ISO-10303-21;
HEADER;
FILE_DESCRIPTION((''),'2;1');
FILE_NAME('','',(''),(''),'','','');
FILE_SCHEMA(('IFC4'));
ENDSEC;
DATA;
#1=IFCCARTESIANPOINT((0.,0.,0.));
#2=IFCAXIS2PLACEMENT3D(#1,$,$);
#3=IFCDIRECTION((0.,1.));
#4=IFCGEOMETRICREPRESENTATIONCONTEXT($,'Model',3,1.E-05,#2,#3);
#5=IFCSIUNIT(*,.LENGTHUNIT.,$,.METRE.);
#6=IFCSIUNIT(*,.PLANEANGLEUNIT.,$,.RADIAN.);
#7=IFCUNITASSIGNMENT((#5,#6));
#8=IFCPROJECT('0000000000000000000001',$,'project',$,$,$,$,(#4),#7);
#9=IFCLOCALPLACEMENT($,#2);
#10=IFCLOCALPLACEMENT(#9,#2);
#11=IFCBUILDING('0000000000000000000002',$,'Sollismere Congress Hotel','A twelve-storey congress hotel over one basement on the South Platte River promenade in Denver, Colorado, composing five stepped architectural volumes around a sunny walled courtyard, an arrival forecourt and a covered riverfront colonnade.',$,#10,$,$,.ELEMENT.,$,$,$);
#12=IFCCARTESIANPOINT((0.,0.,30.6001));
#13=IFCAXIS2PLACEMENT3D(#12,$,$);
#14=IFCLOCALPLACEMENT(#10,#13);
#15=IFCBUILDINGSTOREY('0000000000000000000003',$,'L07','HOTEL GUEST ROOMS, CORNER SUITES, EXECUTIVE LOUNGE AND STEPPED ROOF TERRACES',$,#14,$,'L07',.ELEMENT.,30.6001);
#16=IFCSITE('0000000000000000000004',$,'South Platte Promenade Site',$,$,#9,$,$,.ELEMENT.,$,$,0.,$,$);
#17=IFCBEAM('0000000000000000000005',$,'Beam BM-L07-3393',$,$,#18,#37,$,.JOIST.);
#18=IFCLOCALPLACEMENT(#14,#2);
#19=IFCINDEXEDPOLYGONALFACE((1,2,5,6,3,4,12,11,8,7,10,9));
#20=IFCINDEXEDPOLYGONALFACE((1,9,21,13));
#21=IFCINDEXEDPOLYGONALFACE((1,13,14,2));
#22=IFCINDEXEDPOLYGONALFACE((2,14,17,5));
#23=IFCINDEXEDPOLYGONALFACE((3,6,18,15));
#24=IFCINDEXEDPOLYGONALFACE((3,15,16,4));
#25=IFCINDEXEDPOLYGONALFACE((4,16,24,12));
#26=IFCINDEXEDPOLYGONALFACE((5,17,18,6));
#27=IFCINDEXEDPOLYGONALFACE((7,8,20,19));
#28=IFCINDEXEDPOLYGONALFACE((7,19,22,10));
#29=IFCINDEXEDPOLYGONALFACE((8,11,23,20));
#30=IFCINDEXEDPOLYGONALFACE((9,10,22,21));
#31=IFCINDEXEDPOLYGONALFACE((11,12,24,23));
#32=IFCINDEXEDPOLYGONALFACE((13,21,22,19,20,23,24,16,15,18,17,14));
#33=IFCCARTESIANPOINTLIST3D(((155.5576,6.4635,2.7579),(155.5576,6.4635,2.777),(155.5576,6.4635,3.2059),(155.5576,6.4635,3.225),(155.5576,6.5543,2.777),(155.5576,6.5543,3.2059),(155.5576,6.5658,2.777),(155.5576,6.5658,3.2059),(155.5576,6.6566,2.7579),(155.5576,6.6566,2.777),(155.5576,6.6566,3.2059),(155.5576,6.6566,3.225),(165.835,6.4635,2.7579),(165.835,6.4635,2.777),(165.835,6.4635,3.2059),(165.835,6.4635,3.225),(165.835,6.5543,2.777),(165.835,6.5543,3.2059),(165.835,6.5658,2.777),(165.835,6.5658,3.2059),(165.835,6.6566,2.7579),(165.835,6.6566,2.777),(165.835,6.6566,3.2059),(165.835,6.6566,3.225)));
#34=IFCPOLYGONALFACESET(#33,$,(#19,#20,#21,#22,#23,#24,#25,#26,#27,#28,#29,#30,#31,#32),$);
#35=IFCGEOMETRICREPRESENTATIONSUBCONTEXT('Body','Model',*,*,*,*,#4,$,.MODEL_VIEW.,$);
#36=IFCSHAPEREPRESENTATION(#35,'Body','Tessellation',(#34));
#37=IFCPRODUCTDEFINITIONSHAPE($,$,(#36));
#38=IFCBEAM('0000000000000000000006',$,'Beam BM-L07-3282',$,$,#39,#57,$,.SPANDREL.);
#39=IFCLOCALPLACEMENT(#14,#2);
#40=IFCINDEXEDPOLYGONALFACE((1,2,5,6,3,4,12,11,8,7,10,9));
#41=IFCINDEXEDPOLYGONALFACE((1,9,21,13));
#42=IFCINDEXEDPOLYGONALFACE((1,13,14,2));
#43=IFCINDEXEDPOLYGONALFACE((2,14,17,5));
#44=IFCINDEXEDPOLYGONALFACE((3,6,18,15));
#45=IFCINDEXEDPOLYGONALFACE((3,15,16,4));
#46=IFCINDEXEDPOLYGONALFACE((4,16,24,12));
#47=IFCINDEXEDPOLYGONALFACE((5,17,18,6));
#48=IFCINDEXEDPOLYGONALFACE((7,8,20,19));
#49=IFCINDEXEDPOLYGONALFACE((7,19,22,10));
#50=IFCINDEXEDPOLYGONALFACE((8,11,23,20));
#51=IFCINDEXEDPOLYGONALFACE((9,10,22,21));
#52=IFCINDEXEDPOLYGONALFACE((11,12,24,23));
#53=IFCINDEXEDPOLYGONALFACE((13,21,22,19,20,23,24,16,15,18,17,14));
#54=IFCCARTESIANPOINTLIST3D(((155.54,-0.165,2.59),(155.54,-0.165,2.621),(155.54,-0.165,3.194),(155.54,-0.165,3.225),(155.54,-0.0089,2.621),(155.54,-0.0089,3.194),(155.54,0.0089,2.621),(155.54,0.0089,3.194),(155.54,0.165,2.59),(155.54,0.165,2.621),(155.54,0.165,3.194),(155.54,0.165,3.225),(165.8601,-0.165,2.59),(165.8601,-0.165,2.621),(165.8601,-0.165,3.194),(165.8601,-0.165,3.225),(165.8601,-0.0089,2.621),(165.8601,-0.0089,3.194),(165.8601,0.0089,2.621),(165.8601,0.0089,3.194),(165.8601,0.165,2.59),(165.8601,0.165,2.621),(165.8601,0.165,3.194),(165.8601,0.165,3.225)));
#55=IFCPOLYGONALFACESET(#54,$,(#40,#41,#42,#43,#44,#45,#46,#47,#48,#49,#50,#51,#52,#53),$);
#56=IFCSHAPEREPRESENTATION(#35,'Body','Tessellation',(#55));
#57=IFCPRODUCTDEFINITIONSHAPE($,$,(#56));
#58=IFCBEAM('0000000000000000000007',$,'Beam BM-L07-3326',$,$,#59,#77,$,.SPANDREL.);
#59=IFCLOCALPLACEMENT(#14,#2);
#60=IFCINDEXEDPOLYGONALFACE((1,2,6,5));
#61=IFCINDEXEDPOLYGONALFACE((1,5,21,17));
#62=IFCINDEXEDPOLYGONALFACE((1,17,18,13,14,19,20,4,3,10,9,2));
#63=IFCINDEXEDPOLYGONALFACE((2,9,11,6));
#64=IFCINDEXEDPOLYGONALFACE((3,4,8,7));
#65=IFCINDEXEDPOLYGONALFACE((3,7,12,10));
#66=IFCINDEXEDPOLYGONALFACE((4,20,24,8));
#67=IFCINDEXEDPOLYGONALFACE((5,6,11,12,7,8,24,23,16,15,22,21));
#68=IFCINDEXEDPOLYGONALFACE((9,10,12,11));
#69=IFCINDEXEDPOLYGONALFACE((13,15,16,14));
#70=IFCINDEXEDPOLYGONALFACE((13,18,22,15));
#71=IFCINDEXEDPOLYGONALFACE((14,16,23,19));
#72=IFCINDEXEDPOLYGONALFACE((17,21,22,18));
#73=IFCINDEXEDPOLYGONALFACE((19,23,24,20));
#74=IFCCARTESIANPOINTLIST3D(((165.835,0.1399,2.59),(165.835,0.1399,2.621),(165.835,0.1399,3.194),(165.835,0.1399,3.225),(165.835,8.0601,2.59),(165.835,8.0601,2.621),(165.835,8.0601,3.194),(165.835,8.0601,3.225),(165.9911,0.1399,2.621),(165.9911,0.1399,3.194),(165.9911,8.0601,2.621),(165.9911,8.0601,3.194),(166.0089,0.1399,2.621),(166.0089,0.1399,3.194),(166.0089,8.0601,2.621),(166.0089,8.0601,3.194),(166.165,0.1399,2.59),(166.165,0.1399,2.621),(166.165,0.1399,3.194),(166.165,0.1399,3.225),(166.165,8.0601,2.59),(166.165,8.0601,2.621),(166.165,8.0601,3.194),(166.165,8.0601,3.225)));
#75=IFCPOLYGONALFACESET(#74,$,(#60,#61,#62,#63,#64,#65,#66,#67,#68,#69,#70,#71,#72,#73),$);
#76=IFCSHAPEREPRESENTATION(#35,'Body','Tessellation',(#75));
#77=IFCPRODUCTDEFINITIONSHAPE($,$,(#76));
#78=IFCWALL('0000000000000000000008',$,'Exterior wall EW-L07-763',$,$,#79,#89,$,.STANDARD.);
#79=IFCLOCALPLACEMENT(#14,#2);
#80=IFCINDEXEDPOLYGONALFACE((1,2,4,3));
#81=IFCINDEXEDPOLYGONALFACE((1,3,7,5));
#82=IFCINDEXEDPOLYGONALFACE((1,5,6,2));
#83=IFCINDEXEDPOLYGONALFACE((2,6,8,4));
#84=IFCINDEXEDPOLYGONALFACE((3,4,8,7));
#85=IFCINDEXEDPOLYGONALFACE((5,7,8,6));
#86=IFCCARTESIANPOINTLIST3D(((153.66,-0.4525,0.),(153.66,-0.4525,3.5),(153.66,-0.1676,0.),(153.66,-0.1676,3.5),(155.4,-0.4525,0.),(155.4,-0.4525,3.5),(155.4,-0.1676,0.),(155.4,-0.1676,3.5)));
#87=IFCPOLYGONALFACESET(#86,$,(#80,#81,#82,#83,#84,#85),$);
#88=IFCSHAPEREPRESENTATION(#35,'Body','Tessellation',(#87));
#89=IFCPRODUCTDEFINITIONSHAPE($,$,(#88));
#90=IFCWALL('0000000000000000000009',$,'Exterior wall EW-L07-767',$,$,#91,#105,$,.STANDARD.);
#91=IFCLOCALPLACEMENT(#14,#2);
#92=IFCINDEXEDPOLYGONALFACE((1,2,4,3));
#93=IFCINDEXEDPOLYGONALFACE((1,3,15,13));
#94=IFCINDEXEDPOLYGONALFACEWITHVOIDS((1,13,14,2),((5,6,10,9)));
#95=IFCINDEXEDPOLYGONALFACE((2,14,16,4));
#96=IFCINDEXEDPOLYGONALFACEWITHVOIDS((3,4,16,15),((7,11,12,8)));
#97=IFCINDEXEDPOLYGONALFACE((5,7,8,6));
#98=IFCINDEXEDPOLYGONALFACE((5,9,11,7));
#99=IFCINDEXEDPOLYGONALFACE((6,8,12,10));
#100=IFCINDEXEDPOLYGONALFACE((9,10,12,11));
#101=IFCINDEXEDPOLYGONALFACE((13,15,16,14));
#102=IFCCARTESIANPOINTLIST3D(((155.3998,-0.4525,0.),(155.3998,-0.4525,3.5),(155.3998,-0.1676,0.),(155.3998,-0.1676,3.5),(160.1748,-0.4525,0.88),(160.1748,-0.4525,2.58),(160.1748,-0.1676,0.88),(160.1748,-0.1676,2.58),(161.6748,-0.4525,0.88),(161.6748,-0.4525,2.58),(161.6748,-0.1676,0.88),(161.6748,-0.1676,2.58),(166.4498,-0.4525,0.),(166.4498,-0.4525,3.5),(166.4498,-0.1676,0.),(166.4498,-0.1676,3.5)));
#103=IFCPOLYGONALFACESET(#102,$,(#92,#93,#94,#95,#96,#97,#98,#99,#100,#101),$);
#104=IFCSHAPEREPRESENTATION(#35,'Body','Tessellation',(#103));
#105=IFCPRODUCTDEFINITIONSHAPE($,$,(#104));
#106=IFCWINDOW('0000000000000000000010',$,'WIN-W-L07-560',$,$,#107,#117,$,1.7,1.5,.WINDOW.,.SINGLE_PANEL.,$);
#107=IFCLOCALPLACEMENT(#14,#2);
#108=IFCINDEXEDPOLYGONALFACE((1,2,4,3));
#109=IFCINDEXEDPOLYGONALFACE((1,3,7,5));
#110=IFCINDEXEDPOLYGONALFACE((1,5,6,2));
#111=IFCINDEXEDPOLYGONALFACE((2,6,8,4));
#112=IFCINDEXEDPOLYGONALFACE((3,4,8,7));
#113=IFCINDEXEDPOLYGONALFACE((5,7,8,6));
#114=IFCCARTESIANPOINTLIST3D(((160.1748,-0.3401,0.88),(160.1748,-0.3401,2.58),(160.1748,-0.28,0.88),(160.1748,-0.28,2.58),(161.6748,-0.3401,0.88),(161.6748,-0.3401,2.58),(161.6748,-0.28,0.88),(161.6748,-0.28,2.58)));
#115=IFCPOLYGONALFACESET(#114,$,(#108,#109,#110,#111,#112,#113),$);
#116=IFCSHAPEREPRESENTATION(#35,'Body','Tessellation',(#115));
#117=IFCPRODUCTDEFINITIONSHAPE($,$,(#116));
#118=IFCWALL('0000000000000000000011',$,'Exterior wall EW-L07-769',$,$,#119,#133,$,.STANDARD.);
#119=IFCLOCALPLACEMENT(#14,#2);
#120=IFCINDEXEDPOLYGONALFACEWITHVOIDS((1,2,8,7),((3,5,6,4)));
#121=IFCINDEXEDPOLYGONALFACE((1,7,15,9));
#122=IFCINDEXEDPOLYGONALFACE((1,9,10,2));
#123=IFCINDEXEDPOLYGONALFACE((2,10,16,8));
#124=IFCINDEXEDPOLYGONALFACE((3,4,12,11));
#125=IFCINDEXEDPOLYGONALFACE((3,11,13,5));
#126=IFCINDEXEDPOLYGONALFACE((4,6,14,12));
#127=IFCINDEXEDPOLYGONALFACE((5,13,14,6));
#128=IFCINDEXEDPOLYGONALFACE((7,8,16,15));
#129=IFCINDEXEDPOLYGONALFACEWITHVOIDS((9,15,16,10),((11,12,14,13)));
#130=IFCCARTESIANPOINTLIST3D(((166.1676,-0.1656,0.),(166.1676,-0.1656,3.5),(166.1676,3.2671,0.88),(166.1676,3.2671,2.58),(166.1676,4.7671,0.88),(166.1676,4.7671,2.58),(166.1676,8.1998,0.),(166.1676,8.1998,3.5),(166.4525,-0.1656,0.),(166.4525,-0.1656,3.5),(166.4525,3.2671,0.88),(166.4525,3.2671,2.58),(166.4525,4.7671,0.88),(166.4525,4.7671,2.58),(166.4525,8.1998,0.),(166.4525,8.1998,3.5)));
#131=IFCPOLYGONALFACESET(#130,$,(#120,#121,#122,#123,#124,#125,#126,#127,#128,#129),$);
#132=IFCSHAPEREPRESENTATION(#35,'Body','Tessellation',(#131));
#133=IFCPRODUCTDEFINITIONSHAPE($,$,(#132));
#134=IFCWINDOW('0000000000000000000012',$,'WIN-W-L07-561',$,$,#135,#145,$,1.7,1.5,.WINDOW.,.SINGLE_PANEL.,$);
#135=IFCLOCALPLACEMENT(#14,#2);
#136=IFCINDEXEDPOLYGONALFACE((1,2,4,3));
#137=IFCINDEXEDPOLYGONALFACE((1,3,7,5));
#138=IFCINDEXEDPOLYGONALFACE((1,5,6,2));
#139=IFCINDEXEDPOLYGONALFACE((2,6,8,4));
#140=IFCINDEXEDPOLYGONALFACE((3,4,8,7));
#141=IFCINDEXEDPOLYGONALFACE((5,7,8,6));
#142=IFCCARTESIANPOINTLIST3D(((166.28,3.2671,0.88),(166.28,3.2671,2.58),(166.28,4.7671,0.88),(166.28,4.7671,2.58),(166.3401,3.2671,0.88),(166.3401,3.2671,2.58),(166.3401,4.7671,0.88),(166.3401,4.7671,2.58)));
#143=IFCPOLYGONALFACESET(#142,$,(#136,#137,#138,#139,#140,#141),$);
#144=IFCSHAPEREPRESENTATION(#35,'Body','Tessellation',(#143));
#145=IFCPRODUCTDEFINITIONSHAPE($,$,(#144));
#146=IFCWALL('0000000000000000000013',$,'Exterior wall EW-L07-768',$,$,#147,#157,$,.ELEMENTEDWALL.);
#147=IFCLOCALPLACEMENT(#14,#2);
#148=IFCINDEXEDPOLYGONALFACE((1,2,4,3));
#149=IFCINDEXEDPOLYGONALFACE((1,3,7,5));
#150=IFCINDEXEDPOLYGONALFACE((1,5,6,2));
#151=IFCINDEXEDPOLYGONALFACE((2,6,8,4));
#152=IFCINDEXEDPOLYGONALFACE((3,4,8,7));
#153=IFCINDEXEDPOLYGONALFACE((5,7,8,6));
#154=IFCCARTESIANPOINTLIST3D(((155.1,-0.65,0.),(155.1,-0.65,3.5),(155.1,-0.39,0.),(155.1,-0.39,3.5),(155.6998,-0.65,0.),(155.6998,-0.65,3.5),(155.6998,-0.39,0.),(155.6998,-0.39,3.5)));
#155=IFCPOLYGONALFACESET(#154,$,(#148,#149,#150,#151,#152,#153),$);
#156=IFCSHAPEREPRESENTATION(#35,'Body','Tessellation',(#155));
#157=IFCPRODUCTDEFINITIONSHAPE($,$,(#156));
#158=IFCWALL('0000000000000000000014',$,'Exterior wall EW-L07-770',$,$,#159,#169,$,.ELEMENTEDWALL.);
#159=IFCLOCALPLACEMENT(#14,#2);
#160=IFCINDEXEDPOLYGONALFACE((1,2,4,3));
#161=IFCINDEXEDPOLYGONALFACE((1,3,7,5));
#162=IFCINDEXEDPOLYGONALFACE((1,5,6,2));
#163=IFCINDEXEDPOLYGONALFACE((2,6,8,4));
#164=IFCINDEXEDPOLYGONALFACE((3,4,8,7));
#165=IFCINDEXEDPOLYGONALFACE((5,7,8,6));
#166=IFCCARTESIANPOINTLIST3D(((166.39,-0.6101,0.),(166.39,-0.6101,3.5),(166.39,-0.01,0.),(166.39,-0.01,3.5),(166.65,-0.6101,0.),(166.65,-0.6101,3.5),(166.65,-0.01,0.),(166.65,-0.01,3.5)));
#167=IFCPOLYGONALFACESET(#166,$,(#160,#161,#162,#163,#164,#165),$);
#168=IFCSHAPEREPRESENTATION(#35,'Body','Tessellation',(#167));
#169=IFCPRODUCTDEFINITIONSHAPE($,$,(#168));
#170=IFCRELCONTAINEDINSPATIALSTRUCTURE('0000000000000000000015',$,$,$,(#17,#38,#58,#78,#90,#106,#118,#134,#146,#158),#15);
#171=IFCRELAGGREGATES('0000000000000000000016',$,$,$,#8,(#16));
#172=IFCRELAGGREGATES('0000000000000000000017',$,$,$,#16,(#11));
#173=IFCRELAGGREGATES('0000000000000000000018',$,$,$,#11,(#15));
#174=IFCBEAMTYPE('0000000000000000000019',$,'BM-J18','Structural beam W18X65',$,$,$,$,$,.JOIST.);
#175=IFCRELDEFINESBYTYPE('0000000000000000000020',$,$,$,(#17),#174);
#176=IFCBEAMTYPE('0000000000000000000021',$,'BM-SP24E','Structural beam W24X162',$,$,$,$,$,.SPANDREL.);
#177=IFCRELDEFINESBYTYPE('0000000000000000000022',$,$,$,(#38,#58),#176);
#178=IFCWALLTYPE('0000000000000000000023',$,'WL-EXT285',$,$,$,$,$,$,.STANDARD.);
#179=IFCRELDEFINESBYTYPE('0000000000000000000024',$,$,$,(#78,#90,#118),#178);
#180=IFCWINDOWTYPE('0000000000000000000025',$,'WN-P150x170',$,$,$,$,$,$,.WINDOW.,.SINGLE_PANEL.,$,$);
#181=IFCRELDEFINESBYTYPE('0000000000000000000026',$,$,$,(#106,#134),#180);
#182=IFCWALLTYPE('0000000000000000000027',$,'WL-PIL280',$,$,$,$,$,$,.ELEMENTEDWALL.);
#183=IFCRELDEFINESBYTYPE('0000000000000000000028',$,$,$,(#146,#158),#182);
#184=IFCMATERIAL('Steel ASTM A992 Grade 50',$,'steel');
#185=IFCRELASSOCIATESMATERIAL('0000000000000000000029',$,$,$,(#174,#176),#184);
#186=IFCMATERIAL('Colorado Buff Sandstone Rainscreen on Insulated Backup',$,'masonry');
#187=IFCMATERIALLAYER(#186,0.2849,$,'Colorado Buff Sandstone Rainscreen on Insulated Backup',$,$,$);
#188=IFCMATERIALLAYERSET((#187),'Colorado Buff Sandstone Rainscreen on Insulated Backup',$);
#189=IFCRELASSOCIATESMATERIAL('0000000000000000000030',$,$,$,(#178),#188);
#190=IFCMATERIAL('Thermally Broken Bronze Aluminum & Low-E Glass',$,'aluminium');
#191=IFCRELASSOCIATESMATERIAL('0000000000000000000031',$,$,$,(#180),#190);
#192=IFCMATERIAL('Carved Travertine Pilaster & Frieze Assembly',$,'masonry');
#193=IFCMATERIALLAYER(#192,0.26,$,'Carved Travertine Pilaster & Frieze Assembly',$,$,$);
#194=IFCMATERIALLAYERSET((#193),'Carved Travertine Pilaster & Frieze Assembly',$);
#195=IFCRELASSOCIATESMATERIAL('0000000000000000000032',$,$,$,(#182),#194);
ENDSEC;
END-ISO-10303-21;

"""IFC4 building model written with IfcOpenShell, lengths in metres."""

from ifc_helpers import new_model, si_unit, direction, frame, frame_2d, origin, origin_2d, place, context, subcontext, project, spatial, rectangle, i_section, extrude, material, layer, layer_set, material_profile, profile_set, type_object, element, fill, save


model = new_model("IFC4")

# Units and contexts
model_context = context("Model", 3, precision=1e-05, world=origin(), true_north=direction((0.0, 1.0)))
body_context = subcontext(model_context, "Body", "Model", "MODEL_VIEW")
ifc_project = project(units=[si_unit("LENGTHUNIT", "METRE"), si_unit("PLANEANGLEUNIT", "RADIAN")], contexts=[model_context])

# Site, building, storey
site_placement = place(None, origin())
site = spatial("IfcSite", under=ifc_project, at=site_placement, Name="South Platte Promenade Site", CompositionType="ELEMENT", RefElevation=0.0)
building_placement = place(site_placement, origin())
building = spatial("IfcBuilding", under=site, at=building_placement, Name="Sollismere Congress Hotel", Description="A twelve-storey congress hotel over one basement on the South Platte River promenade in Denver, Colorado, composing five stepped architectural volumes around a sunny walled courtyard, an arrival forecourt and a covered riverfront colonnade.", CompositionType="ELEMENT")
storey_placement = place(building_placement, frame((0.0, 0.0, 30.6001)))
storey = spatial("IfcBuildingStorey", under=building, at=storey_placement, Name="L07", Description="HOTEL GUEST ROOMS, CORNER SUITES, EXECUTIVE LOUNGE AND STEPPED ROOF TERRACES", LongName="L07", CompositionType="ELEMENT", Elevation=30.6001)

# Shared definitions
ifc_material_1 = material(Name="Steel ASTM A992 Grade 50", Category="steel")

# Beams
ifc_material_profile_1 = material_profile(ifc_material_1, i_section(OverallWidth=0.1931, OverallDepth=0.467, WebThickness=0.0115, FlangeThickness=0.019, at=origin_2d()), Name="W18X65")
ifc_profile_set_1 = profile_set([ifc_material_profile_1], Name="Steel ASTM A992 Grade 50")
beam_type_1 = type_object("IfcBeamType", Name="BM-J18", Description="Structural beam W18X65", PredefinedType="JOIST", material=ifc_profile_set_1)
for number, where, z_axis, x_axis, name in (
    (1, (155.5576, 6.5601, 2.9915), (1.0, 0.0, 0.0), (0.0, 1.0, 0.0), "Beam BM-L07-3393"),
):
    element("IfcBeam", number, at=place(storey_placement, frame(where, z_axis=z_axis, x_axis=x_axis)), inside=storey, type_object=beam_type_1, Name=name, PredefinedType="JOIST", context=body_context, shape_type="SweptSolid", body=[
        extrude(i_section(OverallWidth=0.1931, OverallDepth=0.467, WebThickness=0.0115, FlangeThickness=0.019, at=origin_2d()), origin(), (0.0, 0.0, 1.0), 10.2773),
    ])
ifc_material_profile_2 = material_profile(ifc_material_1, i_section(OverallWidth=0.3301, OverallDepth=0.635, WebThickness=0.0178, FlangeThickness=0.031, at=origin_2d()), Name="W24X162")
ifc_profile_set_2 = profile_set([ifc_material_profile_2], Name="Steel ASTM A992 Grade 50")
beam_type_2 = type_object("IfcBeamType", Name="BM-SP24E", Description="Structural beam W24X162", PredefinedType="SPANDREL", material=ifc_profile_set_2)
beam_1_placement = place(storey_placement, frame((155.54, 0.0, 2.9075), z_axis=(1.0, 0.0, 0.0), x_axis=(0.0, 1.0, 0.0)))
element("IfcBeam", 2, at=beam_1_placement, inside=storey, type_object=beam_type_2, Name="Beam BM-L07-3282", PredefinedType="SPANDREL", context=body_context, shape_type="SweptSolid", body=[
    extrude(i_section(OverallWidth=0.3301, OverallDepth=0.635, WebThickness=0.0178, FlangeThickness=0.031, at=origin_2d()), origin(), (0.0, 0.0, 1.0), 10.3201),
])
beam_2_placement = place(storey_placement, frame((166.0, 0.1399, 2.9075), z_axis=(0.0, 1.0, 0.0), x_axis=(-1.0, 0.0, 0.0)))
element("IfcBeam", 3, at=beam_2_placement, inside=storey, type_object=beam_type_2, Name="Beam BM-L07-3326", PredefinedType="SPANDREL", context=body_context, shape_type="SweptSolid", body=[
    extrude(i_section(OverallWidth=0.3301, OverallDepth=0.635, WebThickness=0.0178, FlangeThickness=0.031, at=origin_2d()), origin(), (0.0, 0.0, 1.0), 7.9202),
])

# Wall
ifc_material_2 = material(Name="Colorado Buff Sandstone Rainscreen on Insulated Backup", Category="masonry")
ifc_layer_1 = layer(ifc_material_2, 0.2849, Name="Colorado Buff Sandstone Rainscreen on Insulated Backup")
ifc_layer_set_1 = layer_set([ifc_layer_1], Name="Colorado Buff Sandstone Rainscreen on Insulated Backup")
wall_type_1 = type_object("IfcWallType", Name="WL-EXT285", PredefinedType="STANDARD", material=ifc_layer_set_1)
wall_1_placement = place(storey_placement, frame((153.6599, -0.3101, 0.0), z_axis=(0.0, 0.0, 1.0), x_axis=(1.0, 0.0, 0.0)))
element("IfcWall", 4, at=wall_1_placement, inside=storey, type_object=wall_type_1, Name="Exterior wall EW-L07-763", PredefinedType="STANDARD", context=body_context, shape_type="SweptSolid", body=[
    extrude(rectangle(XDim=1.74, YDim=0.2849, at=frame_2d((0.8701, 0.0))), origin(), (0.0, 0.0, 1.0), 3.5),
])

# Walls, openings, windows
wall_2_placement = place(storey_placement, frame((155.3999, -0.3101, 0.0), z_axis=(0.0, 0.0, 1.0), x_axis=(1.0, 0.0, 0.0)))
wall_2 = element("IfcWall", 5, at=wall_2_placement, inside=storey, type_object=wall_type_1, Name="Exterior wall EW-L07-767", PredefinedType="STANDARD", context=body_context, shape_type="SweptSolid", body=[
    extrude(rectangle(XDim=11.05, YDim=0.2849, at=frame_2d((5.5249, 0.0))), origin(), (0.0, 0.0, 1.0), 3.5),
])
opening_1_placement = place(wall_2_placement, frame((4.7749, 0.0, 0.8799)))
opening_1 = element("IfcOpeningElement", 6, at=opening_1_placement, cuts=wall_2, PredefinedType="OPENING", context=body_context, shape_type="SweptSolid", body=[
    extrude(rectangle(XDim=1.5, YDim=1.7, at=frame_2d((0.75, 0.8501))), frame((0.0, 0.1523, 0.0), z_axis=(0.0, -1.0, 0.0), x_axis=(1.0, 0.0, 0.0)), (0.0, 0.0, 1.0), 0.3049),
])
ifc_material_3 = material(Name="Thermally Broken Bronze Aluminum & Low-E Glass", Category="aluminium")
window_type = type_object("IfcWindowType", Name="WN-P150x170", PartitioningType="SINGLE_PANEL", PredefinedType="WINDOW", material=ifc_material_3)
window_1_placement = place(opening_1_placement, origin())
window_1 = element("IfcWindow", 7, at=window_1_placement, inside=storey, type_object=window_type, Name="WIN-W-L07-560", OverallHeight=1.7, OverallWidth=1.5, PartitioningType="SINGLE_PANEL", PredefinedType="WINDOW", context=body_context, shape_type="SweptSolid", body=[
    extrude(rectangle(XDim=1.5, YDim=1.7, at=frame_2d((0.75, 0.8501))), frame((0.0, 0.03, 0.0), z_axis=(0.0, -1.0, 0.0), x_axis=(1.0, 0.0, 0.0)), (0.0, 0.0, 1.0), 0.0601),
])
fill(opening_1, window_1)
wall_3_placement = place(storey_placement, frame((166.3101, -0.1655, 0.0), z_axis=(0.0, 0.0, 1.0), x_axis=(0.0, 1.0, 0.0)))
wall_3 = element("IfcWall", 8, at=wall_3_placement, inside=storey, type_object=wall_type_1, Name="Exterior wall EW-L07-769", PredefinedType="STANDARD", context=body_context, shape_type="SweptSolid", body=[
    extrude(rectangle(XDim=8.3655, YDim=0.2849, at=frame_2d((4.1826, 0.0))), origin(), (0.0, 0.0, 1.0), 3.5),
])
opening_2_placement = place(wall_3_placement, frame((3.4326, 0.0, 0.8799)))
opening_2 = element("IfcOpeningElement", 9, at=opening_2_placement, cuts=wall_3, PredefinedType="OPENING", context=body_context, shape_type="SweptSolid", body=[
    extrude(rectangle(XDim=1.5, YDim=1.7, at=frame_2d((0.75, 0.8501))), frame((0.0, 0.1523, 0.0), z_axis=(0.0, -1.0, 0.0), x_axis=(1.0, 0.0, 0.0)), (0.0, 0.0, 1.0), 0.3049),
])
window_2_placement = place(opening_2_placement, origin())
window_2 = element("IfcWindow", 10, at=window_2_placement, inside=storey, type_object=window_type, Name="WIN-W-L07-561", OverallHeight=1.7, OverallWidth=1.5, PartitioningType="SINGLE_PANEL", PredefinedType="WINDOW", context=body_context, shape_type="SweptSolid", body=[
    extrude(rectangle(XDim=1.5, YDim=1.7, at=frame_2d((0.75, 0.8501))), frame((0.0, 0.03, 0.0), z_axis=(0.0, -1.0, 0.0), x_axis=(1.0, 0.0, 0.0)), (0.0, 0.0, 1.0), 0.0601),
])
fill(opening_2, window_2)

# Walls
ifc_material_4 = material(Name="Carved Travertine Pilaster & Frieze Assembly", Category="masonry")
ifc_layer_2 = layer(ifc_material_4, 0.26, Name="Carved Travertine Pilaster & Frieze Assembly")
ifc_layer_set_2 = layer_set([ifc_layer_2], Name="Carved Travertine Pilaster & Frieze Assembly")
wall_type_2 = type_object("IfcWallType", Name="WL-PIL280", PredefinedType="ELEMENTEDWALL", material=ifc_layer_set_2)
wall_4_placement = place(storey_placement, frame((155.1001, -0.52, 0.0), z_axis=(0.0, 0.0, 1.0), x_axis=(1.0, 0.0, 0.0)))
element("IfcWall", 11, at=wall_4_placement, inside=storey, type_object=wall_type_2, Name="Exterior wall EW-L07-768", PredefinedType="ELEMENTEDWALL", context=body_context, shape_type="SweptSolid", body=[
    extrude(rectangle(XDim=0.5999, YDim=0.26, at=frame_2d((0.2998, 0.0))), origin(), (0.0, 0.0, 1.0), 3.5),
])
wall_5_placement = place(storey_placement, frame((166.52, -0.6101, 0.0), z_axis=(0.0, 0.0, 1.0), x_axis=(0.0, 1.0, 0.0)))
element("IfcWall", 12, at=wall_5_placement, inside=storey, type_object=wall_type_2, Name="Exterior wall EW-L07-770", PredefinedType="ELEMENTEDWALL", context=body_context, shape_type="SweptSolid", body=[
    extrude(rectangle(XDim=0.6001, YDim=0.26, at=frame_2d((0.3, 0.0))), origin(), (0.0, 0.0, 1.0), 3.5),
])

save(model, "model.ifc")
